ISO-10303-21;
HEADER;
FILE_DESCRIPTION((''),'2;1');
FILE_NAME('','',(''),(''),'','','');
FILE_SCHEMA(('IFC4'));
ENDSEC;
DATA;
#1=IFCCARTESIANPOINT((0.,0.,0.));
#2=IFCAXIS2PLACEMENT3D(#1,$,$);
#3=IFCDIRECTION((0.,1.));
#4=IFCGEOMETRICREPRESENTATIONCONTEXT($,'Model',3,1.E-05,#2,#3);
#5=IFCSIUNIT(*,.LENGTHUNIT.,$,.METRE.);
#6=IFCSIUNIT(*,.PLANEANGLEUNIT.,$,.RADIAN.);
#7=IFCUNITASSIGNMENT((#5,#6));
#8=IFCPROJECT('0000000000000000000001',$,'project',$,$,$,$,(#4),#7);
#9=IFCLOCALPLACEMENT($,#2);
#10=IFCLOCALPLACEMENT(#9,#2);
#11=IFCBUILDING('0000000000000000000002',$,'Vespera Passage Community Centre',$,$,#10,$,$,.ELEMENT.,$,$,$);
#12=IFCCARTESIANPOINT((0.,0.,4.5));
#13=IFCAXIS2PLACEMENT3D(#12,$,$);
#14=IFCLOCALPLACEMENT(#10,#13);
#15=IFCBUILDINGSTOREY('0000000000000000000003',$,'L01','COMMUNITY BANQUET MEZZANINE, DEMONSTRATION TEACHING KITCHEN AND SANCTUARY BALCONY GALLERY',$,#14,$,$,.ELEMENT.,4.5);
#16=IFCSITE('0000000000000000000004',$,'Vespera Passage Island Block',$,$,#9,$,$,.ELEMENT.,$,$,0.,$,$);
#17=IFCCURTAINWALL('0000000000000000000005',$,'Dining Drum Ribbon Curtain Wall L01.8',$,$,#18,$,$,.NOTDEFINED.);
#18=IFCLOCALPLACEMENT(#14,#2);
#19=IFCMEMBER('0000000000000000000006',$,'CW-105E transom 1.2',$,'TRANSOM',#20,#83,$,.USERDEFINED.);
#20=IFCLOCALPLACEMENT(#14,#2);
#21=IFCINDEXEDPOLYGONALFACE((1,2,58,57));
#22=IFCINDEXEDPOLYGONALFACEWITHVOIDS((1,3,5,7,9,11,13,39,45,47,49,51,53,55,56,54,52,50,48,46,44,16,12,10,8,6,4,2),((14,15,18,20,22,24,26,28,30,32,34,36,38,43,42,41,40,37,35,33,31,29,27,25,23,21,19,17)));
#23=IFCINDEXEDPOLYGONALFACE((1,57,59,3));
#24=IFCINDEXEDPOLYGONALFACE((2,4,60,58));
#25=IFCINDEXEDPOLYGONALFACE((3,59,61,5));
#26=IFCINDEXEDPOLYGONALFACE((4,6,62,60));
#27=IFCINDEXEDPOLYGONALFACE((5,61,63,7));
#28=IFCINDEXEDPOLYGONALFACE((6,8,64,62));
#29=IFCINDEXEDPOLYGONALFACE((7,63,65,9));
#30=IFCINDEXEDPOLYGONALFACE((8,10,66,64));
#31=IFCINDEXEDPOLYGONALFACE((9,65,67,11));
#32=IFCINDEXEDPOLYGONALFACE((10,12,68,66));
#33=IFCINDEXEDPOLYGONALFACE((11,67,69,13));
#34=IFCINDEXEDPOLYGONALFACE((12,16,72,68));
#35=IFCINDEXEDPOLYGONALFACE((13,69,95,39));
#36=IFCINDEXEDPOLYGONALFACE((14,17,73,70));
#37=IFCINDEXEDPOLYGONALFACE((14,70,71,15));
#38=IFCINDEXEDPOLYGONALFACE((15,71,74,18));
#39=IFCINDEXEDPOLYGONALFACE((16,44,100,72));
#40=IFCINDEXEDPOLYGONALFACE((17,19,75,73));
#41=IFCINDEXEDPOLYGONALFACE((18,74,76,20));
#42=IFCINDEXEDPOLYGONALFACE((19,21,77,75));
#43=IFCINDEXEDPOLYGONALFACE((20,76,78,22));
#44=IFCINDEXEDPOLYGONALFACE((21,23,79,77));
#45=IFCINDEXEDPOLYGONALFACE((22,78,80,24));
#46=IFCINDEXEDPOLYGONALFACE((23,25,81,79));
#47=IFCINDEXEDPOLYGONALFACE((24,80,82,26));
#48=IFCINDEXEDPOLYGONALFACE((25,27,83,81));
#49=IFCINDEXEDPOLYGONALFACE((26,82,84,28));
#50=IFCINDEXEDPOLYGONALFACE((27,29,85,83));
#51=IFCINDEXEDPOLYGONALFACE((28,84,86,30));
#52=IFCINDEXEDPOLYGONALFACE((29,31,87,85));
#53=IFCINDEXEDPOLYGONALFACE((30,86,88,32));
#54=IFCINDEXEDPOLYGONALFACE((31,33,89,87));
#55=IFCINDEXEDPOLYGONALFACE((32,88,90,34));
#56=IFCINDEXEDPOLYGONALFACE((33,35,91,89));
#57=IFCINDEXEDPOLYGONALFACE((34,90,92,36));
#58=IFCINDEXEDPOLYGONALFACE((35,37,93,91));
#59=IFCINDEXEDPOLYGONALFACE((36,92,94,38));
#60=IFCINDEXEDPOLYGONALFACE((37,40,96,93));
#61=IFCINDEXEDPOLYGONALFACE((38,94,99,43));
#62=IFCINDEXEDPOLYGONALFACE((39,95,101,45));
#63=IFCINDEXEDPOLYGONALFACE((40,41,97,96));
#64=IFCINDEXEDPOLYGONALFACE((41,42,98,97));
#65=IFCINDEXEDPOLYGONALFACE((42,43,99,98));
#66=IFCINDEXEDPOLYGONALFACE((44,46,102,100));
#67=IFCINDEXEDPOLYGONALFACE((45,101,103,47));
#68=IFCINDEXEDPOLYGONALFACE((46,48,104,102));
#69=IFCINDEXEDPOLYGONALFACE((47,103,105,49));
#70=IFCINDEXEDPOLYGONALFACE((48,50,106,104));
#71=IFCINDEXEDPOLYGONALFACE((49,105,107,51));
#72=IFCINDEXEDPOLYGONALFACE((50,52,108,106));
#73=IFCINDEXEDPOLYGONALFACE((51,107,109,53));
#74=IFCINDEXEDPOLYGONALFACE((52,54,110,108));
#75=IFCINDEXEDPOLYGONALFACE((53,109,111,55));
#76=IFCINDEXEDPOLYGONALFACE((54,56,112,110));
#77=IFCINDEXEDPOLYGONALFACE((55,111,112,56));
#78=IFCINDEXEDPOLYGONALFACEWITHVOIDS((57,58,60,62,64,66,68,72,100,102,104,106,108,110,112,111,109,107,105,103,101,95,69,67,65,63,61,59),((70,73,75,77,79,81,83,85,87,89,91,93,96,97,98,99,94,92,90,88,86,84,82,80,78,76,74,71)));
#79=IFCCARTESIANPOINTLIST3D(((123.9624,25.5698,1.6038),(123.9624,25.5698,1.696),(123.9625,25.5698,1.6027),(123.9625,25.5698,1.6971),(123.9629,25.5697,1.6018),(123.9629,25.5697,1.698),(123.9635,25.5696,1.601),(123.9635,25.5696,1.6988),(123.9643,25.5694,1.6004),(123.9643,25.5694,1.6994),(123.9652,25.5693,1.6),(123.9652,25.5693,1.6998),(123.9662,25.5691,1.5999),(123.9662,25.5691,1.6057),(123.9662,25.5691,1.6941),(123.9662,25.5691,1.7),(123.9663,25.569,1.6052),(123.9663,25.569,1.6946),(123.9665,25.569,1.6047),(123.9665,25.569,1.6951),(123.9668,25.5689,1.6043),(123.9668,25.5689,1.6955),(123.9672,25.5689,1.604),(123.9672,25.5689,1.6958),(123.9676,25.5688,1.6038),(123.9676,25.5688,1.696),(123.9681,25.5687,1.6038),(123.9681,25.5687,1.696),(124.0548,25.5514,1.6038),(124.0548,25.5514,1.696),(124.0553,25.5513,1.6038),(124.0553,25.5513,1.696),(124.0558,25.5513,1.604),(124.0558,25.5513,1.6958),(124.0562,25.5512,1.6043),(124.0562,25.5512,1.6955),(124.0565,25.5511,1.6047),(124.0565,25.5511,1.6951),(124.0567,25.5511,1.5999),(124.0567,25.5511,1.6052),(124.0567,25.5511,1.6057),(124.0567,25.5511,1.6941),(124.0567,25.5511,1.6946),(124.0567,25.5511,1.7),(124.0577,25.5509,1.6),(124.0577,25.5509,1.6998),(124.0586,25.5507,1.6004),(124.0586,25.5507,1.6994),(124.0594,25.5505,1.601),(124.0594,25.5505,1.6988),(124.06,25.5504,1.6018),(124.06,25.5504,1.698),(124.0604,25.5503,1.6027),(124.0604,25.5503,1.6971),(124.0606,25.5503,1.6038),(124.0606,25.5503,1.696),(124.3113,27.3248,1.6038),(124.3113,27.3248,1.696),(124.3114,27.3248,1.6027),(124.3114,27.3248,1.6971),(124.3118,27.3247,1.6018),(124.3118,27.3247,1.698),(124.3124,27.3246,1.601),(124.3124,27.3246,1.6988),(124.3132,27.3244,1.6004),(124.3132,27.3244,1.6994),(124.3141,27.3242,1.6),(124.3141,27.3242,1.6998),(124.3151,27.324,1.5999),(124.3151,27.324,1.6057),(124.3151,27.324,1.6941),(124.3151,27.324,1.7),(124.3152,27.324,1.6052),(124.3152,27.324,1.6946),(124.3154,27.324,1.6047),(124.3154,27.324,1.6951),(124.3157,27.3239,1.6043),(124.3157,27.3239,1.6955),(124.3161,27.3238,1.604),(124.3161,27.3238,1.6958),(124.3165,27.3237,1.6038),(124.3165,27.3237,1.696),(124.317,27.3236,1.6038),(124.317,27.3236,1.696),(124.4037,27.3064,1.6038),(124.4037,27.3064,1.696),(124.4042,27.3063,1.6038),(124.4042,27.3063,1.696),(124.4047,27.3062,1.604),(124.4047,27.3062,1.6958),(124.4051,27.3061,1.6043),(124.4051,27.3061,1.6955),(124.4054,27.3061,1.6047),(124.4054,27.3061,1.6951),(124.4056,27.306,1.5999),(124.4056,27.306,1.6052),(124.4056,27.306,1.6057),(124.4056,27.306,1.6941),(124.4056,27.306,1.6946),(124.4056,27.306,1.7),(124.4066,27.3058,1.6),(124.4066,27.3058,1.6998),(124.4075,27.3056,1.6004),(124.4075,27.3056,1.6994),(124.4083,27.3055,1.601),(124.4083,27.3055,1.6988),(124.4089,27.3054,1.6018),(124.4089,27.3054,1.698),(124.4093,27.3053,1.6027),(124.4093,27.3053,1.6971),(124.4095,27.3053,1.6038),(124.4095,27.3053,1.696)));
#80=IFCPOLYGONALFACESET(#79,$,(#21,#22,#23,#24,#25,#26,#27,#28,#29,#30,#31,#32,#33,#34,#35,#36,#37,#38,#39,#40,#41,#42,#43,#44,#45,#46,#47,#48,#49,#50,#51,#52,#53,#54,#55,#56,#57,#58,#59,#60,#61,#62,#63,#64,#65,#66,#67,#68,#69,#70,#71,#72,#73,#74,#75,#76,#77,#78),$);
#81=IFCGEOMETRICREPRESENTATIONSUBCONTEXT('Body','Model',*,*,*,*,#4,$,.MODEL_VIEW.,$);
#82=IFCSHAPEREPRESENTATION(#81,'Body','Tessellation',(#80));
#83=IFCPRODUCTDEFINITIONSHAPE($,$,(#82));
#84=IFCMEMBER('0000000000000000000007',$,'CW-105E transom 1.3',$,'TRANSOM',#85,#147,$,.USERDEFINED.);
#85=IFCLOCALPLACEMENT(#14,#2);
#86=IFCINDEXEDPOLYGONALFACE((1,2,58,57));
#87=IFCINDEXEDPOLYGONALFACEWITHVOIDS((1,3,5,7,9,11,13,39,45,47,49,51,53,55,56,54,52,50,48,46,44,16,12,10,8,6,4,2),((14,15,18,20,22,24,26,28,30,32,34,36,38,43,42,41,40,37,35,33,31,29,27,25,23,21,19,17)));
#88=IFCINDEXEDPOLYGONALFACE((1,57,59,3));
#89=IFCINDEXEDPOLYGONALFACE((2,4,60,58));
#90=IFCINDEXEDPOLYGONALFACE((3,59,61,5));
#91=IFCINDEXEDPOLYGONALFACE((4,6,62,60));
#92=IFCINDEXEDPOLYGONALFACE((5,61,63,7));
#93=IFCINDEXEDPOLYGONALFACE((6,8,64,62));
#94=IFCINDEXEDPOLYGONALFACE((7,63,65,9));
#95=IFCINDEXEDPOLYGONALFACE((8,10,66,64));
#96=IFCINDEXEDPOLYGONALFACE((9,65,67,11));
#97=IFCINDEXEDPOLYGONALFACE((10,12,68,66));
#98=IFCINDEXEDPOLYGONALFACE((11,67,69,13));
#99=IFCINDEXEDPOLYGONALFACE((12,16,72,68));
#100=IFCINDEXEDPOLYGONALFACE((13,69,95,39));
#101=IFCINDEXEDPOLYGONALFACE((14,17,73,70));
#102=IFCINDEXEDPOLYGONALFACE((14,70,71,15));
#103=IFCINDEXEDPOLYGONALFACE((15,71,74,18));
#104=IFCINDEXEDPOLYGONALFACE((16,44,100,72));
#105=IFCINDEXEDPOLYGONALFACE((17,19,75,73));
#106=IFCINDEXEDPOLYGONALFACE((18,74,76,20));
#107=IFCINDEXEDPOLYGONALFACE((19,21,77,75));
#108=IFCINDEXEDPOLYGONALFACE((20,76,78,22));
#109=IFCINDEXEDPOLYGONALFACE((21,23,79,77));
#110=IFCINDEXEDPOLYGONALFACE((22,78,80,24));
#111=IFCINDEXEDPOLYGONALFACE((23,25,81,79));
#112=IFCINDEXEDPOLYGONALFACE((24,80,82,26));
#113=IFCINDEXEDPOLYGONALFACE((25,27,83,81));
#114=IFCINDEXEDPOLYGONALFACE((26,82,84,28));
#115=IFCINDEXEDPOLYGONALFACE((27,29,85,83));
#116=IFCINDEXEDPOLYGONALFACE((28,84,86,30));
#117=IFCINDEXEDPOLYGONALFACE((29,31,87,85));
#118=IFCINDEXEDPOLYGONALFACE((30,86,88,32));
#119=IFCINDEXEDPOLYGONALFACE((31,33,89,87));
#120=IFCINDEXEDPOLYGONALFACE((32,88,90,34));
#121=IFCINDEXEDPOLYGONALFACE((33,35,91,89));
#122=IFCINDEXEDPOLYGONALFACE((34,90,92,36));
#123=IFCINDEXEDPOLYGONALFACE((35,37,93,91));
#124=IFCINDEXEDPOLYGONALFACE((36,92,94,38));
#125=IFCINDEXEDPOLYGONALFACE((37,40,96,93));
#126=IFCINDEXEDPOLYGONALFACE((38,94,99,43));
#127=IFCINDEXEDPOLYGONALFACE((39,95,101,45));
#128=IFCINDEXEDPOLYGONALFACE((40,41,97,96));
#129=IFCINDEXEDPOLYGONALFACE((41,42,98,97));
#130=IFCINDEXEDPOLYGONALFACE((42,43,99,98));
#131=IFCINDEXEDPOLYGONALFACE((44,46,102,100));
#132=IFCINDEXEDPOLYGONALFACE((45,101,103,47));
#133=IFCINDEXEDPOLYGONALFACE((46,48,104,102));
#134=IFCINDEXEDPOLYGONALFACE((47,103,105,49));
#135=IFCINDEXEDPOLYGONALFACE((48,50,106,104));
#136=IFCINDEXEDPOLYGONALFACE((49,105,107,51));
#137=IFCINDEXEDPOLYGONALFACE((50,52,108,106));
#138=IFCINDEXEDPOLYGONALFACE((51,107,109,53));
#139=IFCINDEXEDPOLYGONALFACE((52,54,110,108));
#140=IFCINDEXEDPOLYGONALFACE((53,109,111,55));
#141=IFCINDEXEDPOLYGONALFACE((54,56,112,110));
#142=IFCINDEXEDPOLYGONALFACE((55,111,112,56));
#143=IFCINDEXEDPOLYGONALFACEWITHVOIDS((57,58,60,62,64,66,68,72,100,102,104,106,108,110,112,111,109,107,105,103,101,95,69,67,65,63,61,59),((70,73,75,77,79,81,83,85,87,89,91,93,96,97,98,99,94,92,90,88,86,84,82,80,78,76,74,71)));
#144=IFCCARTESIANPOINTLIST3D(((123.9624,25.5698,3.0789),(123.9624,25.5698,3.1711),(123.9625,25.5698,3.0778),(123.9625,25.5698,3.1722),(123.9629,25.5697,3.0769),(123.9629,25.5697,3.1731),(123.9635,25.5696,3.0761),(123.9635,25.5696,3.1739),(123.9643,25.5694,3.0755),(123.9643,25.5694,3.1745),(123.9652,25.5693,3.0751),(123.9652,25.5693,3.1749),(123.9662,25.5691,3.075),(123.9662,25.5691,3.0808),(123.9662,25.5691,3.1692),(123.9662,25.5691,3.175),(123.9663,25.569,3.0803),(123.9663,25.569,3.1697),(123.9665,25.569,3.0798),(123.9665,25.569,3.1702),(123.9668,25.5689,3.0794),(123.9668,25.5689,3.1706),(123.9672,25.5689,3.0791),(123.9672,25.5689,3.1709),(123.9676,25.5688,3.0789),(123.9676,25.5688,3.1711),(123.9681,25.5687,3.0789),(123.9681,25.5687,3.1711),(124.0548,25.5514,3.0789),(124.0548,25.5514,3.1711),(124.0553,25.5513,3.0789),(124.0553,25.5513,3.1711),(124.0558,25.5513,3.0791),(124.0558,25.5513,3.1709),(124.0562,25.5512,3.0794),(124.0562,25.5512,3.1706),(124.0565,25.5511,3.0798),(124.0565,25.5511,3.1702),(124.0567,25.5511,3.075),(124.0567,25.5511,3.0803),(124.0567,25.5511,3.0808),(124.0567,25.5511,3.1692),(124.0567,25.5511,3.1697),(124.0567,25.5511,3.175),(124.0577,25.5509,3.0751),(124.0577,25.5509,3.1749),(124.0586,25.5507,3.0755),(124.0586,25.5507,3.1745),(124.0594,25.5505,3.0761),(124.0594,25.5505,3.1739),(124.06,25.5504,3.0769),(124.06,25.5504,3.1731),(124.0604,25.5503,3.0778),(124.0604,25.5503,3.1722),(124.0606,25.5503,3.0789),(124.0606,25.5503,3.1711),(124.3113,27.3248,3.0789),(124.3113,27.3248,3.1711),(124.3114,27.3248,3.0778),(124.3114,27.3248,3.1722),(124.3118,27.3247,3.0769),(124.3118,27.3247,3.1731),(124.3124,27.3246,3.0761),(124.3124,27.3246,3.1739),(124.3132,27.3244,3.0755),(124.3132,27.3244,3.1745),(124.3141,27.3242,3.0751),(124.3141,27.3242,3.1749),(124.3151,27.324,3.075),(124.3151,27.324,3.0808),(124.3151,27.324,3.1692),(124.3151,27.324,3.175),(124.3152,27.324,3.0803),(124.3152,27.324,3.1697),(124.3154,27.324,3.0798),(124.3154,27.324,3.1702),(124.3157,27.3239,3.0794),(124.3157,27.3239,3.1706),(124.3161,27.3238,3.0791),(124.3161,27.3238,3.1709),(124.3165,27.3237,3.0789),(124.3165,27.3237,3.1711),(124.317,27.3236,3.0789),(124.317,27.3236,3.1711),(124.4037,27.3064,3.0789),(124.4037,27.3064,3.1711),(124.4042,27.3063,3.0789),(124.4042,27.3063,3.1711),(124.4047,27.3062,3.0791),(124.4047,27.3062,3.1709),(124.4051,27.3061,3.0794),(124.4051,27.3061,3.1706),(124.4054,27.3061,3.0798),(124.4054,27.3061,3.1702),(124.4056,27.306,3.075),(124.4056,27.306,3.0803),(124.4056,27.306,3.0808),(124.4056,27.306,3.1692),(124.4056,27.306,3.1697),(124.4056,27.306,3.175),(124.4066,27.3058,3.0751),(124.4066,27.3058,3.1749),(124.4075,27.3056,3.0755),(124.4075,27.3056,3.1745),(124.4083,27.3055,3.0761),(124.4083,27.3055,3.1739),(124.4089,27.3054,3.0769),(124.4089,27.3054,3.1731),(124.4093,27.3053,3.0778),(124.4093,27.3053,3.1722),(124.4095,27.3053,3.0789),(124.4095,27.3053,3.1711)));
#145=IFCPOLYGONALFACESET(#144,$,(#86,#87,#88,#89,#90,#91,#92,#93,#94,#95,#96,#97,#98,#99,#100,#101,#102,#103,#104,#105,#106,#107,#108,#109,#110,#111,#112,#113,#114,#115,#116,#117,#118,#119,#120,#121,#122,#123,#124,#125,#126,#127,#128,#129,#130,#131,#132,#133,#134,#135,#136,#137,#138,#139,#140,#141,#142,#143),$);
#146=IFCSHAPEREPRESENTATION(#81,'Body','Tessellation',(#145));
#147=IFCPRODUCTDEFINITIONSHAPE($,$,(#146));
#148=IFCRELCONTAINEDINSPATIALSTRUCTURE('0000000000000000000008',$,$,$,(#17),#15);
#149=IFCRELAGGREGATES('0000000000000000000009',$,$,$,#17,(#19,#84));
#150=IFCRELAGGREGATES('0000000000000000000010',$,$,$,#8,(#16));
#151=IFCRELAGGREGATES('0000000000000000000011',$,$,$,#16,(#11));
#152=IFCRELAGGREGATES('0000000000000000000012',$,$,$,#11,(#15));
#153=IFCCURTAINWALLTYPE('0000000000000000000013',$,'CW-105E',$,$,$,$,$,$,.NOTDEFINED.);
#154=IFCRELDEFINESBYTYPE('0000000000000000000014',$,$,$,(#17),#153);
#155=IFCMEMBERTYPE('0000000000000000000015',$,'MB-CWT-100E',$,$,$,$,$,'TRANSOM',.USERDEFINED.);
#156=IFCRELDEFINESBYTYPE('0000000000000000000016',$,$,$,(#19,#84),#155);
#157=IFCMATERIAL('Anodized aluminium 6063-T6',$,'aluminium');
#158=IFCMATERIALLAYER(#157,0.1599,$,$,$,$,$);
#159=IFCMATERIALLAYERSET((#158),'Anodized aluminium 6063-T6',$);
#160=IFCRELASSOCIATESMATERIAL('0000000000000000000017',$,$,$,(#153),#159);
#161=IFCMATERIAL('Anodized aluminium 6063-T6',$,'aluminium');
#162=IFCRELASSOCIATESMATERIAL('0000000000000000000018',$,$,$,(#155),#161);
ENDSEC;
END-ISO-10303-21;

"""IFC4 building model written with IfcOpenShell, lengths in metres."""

from ifc_helpers import new_model, si_unit, direction, frame, origin, origin_2d, place, context, subcontext, project, spatial, hollow_rectangle, extrude, material, layer, layer_set, material_profile, profile_set, type_object, element, aggregate, save


model = new_model("IFC4")

# Units and contexts
model_context = context("Model", 3, precision=1e-05, world=origin(), true_north=direction((0.0, 1.0)))
body_context = subcontext(model_context, "Body", "Model", "MODEL_VIEW")
ifc_project = project(units=[si_unit("LENGTHUNIT", "METRE"), si_unit("PLANEANGLEUNIT", "RADIAN")], contexts=[model_context])

# Site, building, storey
site_placement = place(None, origin())
site = spatial("IfcSite", under=ifc_project, at=site_placement, Name="Vespera Passage Island Block", CompositionType="ELEMENT", RefElevation=0.0)
building_placement = place(site_placement, origin())
building = spatial("IfcBuilding", under=site, at=building_placement, Name="Vespera Passage Community Centre", CompositionType="ELEMENT")
storey_placement = place(building_placement, frame((0.0, 0.0, 4.5)))
storey = spatial("IfcBuildingStorey", under=building, at=storey_placement, Name="L01", Description="COMMUNITY BANQUET MEZZANINE, DEMONSTRATION TEACHING KITCHEN AND SANCTUARY BALCONY GALLERY", CompositionType="ELEMENT", Elevation=4.5)

# Curtain wall
ifc_material_1 = material(Name="Anodized aluminium 6063-T6", Category="aluminium")
ifc_layer_1 = layer(ifc_material_1, 0.1599)
ifc_layer_set_1 = layer_set([ifc_layer_1], Name="Anodized aluminium 6063-T6")
curtain_wall_type = type_object("IfcCurtainWallType", Name="CW-105E", PredefinedType="NOTDEFINED", material=ifc_layer_set_1)
curtain_wall_1_placement = place(storey_placement, origin())
curtain_wall_1 = element("IfcCurtainWall", 1, at=curtain_wall_1_placement, inside=storey, type_object=curtain_wall_type, Name="Dining Drum Ribbon Curtain Wall L01.8", PredefinedType="NOTDEFINED")

# Members
ifc_material_2 = material(Name="Anodized aluminium 6063-T6", Category="aluminium")
ifc_material_profile_1 = material_profile(ifc_material_2, hollow_rectangle(XDim=0.1001, YDim=0.1001, WallThickness=0.0039, InnerFilletRadius=0.002, OuterFilletRadius=0.0039, at=origin_2d()), Name="ALU100X100X4")
ifc_profile_set_1 = profile_set([ifc_material_profile_1], Name="Anodized aluminium 6063-T6")
member_type_1 = type_object("IfcMemberType", Name="MB-CWT-100E", ElementType="TRANSOM", PredefinedType="USERDEFINED", material=ifc_profile_set_1)
member_1_placement = place(storey_placement, frame((124.0115, 25.5601, 1.6499), z_axis=(0.194988, 0.980806, 0.0), x_axis=(-0.980806, 0.194988, 0.0)))
member_1 = element("IfcMember", 2, at=member_1_placement, type_object=member_type_1, Name="CW-105E transom 1.2", ObjectType="TRANSOM", PredefinedType="USERDEFINED", context=body_context, shape_type="SweptSolid", body=[
    extrude(hollow_rectangle(XDim=0.1001, YDim=0.1001, WallThickness=0.0039, InnerFilletRadius=0.002, OuterFilletRadius=0.0039, at=origin_2d()), origin(), (0.0, 0.0, 1.0), 1.7893),
])
member_2_placement = place(storey_placement, frame((124.0115, 25.5601, 3.125), z_axis=(0.194988, 0.980806, 0.0), x_axis=(-0.980806, 0.194988, 0.0)))
member_2 = element("IfcMember", 3, at=member_2_placement, type_object=member_type_1, Name="CW-105E transom 1.3", ObjectType="TRANSOM", PredefinedType="USERDEFINED", context=body_context, shape_type="SweptSolid", body=[
    extrude(hollow_rectangle(XDim=0.1001, YDim=0.1001, WallThickness=0.0039, InnerFilletRadius=0.002, OuterFilletRadius=0.0039, at=origin_2d()), origin(), (0.0, 0.0, 1.0), 1.7893),
])

aggregate(curtain_wall_1, [member_1, member_2])

save(model, "model.ifc")
